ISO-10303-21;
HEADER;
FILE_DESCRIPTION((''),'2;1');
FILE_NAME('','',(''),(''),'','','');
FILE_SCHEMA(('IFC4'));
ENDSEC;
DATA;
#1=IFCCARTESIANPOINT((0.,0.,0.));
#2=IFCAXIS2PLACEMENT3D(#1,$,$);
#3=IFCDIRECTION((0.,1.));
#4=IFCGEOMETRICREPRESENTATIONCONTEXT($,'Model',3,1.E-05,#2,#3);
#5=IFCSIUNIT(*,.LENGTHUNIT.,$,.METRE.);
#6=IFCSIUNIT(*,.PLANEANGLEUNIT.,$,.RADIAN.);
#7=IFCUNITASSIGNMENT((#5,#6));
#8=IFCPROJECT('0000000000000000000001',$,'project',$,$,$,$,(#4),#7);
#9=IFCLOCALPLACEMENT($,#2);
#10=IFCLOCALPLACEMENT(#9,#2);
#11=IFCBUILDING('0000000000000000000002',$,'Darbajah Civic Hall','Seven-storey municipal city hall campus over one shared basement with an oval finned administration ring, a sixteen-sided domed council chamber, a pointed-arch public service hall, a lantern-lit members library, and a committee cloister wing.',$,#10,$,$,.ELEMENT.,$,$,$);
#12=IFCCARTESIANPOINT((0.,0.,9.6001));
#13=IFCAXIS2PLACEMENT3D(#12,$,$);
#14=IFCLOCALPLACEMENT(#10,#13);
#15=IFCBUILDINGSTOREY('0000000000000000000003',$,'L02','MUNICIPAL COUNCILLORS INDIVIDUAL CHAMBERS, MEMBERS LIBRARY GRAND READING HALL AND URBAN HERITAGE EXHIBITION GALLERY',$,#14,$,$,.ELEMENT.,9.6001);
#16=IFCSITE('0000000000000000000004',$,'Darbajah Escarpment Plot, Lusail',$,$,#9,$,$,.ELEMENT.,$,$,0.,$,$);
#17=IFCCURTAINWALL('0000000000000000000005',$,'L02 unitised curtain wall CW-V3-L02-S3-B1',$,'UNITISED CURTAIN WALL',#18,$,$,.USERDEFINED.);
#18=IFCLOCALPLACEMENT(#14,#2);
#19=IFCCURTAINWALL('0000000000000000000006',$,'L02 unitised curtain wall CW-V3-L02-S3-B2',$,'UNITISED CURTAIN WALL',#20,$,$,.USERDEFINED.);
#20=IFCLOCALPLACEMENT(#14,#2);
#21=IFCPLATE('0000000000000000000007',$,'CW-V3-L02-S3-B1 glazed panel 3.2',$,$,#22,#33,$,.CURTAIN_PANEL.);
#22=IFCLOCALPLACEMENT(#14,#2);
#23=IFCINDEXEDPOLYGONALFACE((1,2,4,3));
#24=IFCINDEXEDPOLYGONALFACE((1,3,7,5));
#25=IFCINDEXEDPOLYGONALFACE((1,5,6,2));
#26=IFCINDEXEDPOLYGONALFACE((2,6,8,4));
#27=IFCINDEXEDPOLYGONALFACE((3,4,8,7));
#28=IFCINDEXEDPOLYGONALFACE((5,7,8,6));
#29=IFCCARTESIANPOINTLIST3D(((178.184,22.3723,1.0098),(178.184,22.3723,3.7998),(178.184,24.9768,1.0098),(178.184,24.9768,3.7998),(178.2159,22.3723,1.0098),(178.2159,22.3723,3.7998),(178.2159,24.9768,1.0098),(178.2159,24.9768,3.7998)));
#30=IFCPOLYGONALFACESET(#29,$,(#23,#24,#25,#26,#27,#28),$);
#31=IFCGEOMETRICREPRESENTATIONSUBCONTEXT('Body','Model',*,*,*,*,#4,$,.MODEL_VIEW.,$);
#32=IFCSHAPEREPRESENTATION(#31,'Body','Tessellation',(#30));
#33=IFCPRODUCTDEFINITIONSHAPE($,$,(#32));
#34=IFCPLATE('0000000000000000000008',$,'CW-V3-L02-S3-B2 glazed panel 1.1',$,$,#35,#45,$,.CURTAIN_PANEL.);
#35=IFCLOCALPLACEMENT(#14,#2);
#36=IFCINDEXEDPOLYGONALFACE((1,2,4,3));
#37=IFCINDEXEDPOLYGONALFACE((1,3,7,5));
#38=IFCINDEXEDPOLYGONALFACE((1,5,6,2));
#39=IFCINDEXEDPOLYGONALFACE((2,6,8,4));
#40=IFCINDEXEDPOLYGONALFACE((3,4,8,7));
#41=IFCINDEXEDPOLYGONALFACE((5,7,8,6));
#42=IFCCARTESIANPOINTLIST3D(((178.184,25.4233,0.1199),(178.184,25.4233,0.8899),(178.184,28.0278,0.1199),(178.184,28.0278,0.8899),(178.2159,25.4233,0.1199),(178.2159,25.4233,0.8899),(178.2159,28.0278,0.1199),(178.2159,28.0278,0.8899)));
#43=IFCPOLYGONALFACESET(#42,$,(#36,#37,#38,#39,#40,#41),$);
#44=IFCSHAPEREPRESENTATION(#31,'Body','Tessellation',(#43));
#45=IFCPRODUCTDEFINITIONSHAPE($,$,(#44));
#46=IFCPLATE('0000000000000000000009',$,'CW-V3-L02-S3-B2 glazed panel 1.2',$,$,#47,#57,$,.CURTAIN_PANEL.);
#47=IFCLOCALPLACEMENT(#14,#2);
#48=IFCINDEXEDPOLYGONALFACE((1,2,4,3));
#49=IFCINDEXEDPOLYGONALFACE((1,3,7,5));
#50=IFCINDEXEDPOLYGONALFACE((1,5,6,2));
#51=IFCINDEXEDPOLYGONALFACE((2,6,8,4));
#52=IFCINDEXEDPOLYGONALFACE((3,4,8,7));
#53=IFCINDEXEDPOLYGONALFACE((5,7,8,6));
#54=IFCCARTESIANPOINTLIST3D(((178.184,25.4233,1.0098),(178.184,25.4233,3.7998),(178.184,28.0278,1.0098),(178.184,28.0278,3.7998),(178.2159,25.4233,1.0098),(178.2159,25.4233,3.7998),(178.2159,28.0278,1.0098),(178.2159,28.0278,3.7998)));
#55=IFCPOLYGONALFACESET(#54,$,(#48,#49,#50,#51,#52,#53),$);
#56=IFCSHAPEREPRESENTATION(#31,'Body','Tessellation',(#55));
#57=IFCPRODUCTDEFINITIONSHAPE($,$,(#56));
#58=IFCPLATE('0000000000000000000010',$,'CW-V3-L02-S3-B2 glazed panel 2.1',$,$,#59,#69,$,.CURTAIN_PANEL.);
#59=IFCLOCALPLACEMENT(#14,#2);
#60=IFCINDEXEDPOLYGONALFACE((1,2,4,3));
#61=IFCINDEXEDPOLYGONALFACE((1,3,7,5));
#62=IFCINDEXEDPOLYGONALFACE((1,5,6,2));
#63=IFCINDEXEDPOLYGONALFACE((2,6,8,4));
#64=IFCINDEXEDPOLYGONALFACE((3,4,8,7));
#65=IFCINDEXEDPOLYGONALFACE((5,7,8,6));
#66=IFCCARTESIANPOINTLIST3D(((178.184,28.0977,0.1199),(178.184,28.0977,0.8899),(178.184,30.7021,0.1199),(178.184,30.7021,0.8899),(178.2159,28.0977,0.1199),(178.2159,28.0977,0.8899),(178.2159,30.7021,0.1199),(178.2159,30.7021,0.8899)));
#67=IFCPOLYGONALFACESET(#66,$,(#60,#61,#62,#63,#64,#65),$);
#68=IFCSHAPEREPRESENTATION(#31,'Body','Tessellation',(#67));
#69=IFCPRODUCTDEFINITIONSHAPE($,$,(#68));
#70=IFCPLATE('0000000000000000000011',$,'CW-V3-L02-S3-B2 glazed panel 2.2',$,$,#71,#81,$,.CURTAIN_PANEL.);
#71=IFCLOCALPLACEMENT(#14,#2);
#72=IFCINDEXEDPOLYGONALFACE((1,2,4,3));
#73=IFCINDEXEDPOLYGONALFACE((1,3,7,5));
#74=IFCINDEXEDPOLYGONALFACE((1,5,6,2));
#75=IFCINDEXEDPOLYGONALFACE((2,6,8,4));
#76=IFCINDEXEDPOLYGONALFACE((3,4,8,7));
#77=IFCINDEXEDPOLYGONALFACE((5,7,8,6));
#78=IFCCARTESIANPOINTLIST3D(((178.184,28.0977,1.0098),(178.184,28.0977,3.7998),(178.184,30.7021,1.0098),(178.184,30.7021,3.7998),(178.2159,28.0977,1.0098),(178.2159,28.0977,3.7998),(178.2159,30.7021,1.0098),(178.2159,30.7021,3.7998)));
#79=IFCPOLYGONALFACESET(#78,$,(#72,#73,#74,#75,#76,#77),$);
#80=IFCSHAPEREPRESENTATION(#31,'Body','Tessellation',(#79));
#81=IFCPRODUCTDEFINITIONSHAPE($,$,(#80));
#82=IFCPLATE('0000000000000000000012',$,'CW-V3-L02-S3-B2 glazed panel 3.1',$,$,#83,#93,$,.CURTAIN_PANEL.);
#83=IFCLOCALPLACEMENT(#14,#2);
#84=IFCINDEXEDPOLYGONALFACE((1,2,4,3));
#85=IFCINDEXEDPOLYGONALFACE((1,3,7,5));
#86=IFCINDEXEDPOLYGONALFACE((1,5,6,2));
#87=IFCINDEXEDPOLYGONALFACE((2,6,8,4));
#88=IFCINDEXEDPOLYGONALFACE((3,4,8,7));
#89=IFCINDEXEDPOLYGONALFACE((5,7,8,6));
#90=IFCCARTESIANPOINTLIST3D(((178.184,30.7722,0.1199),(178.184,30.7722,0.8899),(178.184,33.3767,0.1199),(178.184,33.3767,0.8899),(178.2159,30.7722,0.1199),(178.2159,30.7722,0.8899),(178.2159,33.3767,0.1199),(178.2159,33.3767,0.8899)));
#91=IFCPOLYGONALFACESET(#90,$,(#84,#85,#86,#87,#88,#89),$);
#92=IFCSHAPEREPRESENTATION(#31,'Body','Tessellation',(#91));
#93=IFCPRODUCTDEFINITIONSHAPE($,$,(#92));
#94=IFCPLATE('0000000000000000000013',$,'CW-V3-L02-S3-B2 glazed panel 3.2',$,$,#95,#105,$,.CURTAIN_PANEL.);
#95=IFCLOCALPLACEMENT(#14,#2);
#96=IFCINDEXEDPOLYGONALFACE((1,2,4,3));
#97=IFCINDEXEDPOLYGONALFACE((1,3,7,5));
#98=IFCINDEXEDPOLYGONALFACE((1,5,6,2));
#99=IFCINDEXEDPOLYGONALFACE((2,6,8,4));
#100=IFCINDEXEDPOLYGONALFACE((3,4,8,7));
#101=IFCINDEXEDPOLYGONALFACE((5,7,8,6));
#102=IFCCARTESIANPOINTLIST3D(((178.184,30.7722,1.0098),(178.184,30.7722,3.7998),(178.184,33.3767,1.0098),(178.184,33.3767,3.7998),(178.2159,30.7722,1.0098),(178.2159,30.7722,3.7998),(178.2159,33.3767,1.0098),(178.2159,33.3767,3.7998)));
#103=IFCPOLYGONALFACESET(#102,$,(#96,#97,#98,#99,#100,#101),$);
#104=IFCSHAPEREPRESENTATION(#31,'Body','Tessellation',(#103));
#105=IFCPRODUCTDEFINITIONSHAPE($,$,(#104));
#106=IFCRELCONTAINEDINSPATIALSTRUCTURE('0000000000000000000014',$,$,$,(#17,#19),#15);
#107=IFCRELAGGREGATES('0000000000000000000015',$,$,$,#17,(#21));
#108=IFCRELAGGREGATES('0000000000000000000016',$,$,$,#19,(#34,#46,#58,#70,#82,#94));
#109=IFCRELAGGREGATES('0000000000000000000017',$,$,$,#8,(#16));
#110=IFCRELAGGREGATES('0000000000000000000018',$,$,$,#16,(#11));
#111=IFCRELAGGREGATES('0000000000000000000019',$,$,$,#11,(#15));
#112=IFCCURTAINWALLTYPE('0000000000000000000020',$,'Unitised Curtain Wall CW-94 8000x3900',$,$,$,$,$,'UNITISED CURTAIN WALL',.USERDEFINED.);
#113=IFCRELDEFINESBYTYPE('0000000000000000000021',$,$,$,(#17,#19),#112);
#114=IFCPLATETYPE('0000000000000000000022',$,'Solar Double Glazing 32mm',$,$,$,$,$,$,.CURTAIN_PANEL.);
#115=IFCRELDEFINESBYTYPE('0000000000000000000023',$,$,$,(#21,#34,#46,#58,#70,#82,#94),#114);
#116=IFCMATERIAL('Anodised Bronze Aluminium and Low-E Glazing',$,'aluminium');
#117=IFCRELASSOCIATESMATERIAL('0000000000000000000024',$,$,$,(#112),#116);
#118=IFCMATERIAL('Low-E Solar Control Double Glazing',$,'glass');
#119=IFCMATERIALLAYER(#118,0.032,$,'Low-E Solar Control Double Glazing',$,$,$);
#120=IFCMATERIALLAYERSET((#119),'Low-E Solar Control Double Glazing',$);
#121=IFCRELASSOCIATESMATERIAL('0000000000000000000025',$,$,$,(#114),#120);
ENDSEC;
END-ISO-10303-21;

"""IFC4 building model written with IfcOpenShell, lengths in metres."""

from ifc_helpers import new_model, si_unit, direction, frame, origin, origin_2d, place, context, subcontext, project, spatial, rectangle, extrude, material, layer, layer_set, type_object, element, aggregate, save


model = new_model("IFC4")

# Units and contexts
model_context = context("Model", 3, precision=1e-05, world=origin(), true_north=direction((0.0, 1.0)))
body_context = subcontext(model_context, "Body", "Model", "MODEL_VIEW")
ifc_project = project(units=[si_unit("LENGTHUNIT", "METRE"), si_unit("PLANEANGLEUNIT", "RADIAN")], contexts=[model_context])

# Site, building, storey
site_placement = place(None, origin())
site = spatial("IfcSite", under=ifc_project, at=site_placement, Name="Darbajah Escarpment Plot, Lusail", CompositionType="ELEMENT", RefElevation=0.0)
building_placement = place(site_placement, origin())
building = spatial("IfcBuilding", under=site, at=building_placement, Name="Darbajah Civic Hall", Description="Seven-storey municipal city hall campus over one shared basement with an oval finned administration ring, a sixteen-sided domed council chamber, a pointed-arch public service hall, a lantern-lit members library, and a committee cloister wing.", CompositionType="ELEMENT")
storey_placement = place(building_placement, frame((0.0, 0.0, 9.6001)))
storey = spatial("IfcBuildingStorey", under=building, at=storey_placement, Name="L02", Description="MUNICIPAL COUNCILLORS INDIVIDUAL CHAMBERS, MEMBERS LIBRARY GRAND READING HALL AND URBAN HERITAGE EXHIBITION GALLERY", CompositionType="ELEMENT", Elevation=9.6001)

# Curtain walls
ifc_material_1 = material(Name="Anodised Bronze Aluminium and Low-E Glazing", Category="aluminium")
curtain_wall_type = type_object("IfcCurtainWallType", Name="Unitised Curtain Wall CW-94 8000x3900", ElementType="UNITISED CURTAIN WALL", PredefinedType="USERDEFINED", material=ifc_material_1)
curtain_wall_1_placement = place(storey_placement, origin())
curtain_wall_1 = element("IfcCurtainWall", 1, at=curtain_wall_1_placement, inside=storey, type_object=curtain_wall_type, Name="L02 unitised curtain wall CW-V3-L02-S3-B1", ObjectType="UNITISED CURTAIN WALL", PredefinedType="USERDEFINED")
curtain_wall_2_placement = place(storey_placement, origin())
curtain_wall_2 = element("IfcCurtainWall", 2, at=curtain_wall_2_placement, inside=storey, type_object=curtain_wall_type, Name="L02 unitised curtain wall CW-V3-L02-S3-B2", ObjectType="UNITISED CURTAIN WALL", PredefinedType="USERDEFINED")

# Plates
ifc_material_2 = material(Name="Low-E Solar Control Double Glazing", Category="glass")
ifc_layer = layer(ifc_material_2, 0.032, Name="Low-E Solar Control Double Glazing")
ifc_layer_set = layer_set([ifc_layer], Name="Low-E Solar Control Double Glazing")
plate_type = type_object("IfcPlateType", Name="Solar Double Glazing 32mm", PredefinedType="CURTAIN_PANEL", material=ifc_layer_set)
plate_1_placement = place(storey_placement, frame((178.2, 23.6746, 1.0098), z_axis=(0.0, 0.0, 1.0), x_axis=(0.0, 1.0, 0.0)))
plate_1 = element("IfcPlate", 3, at=plate_1_placement, type_object=plate_type, Name="CW-V3-L02-S3-B1 glazed panel 3.2", PredefinedType="CURTAIN_PANEL", context=body_context, shape_type="SweptSolid", body=[
    extrude(rectangle(XDim=2.6045, YDim=0.032, at=origin_2d()), origin(), (0.0, 0.0, 1.0), 2.79),
])
aggregate(curtain_wall_1, [plate_1])
plate_2_placement = place(storey_placement, frame((178.2, 26.7256, 0.1199), z_axis=(0.0, 0.0, 1.0), x_axis=(0.0, 1.0, 0.0)))
plate_2 = element("IfcPlate", 4, at=plate_2_placement, type_object=plate_type, Name="CW-V3-L02-S3-B2 glazed panel 1.1", PredefinedType="CURTAIN_PANEL", context=body_context, shape_type="SweptSolid", body=[
    extrude(rectangle(XDim=2.6045, YDim=0.032, at=origin_2d()), origin(), (0.0, 0.0, 1.0), 0.77),
])
plate_3_placement = place(storey_placement, frame((178.2, 26.7256, 1.0098), z_axis=(0.0, 0.0, 1.0), x_axis=(0.0, 1.0, 0.0)))
plate_3 = element("IfcPlate", 5, at=plate_3_placement, type_object=plate_type, Name="CW-V3-L02-S3-B2 glazed panel 1.2", PredefinedType="CURTAIN_PANEL", context=body_context, shape_type="SweptSolid", body=[
    extrude(rectangle(XDim=2.6045, YDim=0.032, at=origin_2d()), origin(), (0.0, 0.0, 1.0), 2.79),
])
plate_4_placement = place(storey_placement, frame((178.2, 29.3999, 0.1199), z_axis=(0.0, 0.0, 1.0), x_axis=(0.0, 1.0, 0.0)))
plate_4 = element("IfcPlate", 6, at=plate_4_placement, type_object=plate_type, Name="CW-V3-L02-S3-B2 glazed panel 2.1", PredefinedType="CURTAIN_PANEL", context=body_context, shape_type="SweptSolid", body=[
    extrude(rectangle(XDim=2.6045, YDim=0.032, at=origin_2d()), origin(), (0.0, 0.0, 1.0), 0.77),
])
plate_5_placement = place(storey_placement, frame((178.2, 29.3999, 1.0098), z_axis=(0.0, 0.0, 1.0), x_axis=(0.0, 1.0, 0.0)))
plate_5 = element("IfcPlate", 7, at=plate_5_placement, type_object=plate_type, Name="CW-V3-L02-S3-B2 glazed panel 2.2", PredefinedType="CURTAIN_PANEL", context=body_context, shape_type="SweptSolid", body=[
    extrude(rectangle(XDim=2.6045, YDim=0.032, at=origin_2d()), origin(), (0.0, 0.0, 1.0), 2.79),
])
plate_6_placement = place(storey_placement, frame((178.2, 32.0745, 0.1199), z_axis=(0.0, 0.0, 1.0), x_axis=(0.0, 1.0, 0.0)))
plate_6 = element("IfcPlate", 8, at=plate_6_placement, type_object=plate_type, Name="CW-V3-L02-S3-B2 glazed panel 3.1", PredefinedType="CURTAIN_PANEL", context=body_context, shape_type="SweptSolid", body=[
    extrude(rectangle(XDim=2.6045, YDim=0.032, at=origin_2d()), origin(), (0.0, 0.0, 1.0), 0.77),
])
plate_7_placement = place(storey_placement, frame((178.2, 32.0745, 1.0098), z_axis=(0.0, 0.0, 1.0), x_axis=(0.0, 1.0, 0.0)))
plate_7 = element("IfcPlate", 9, at=plate_7_placement, type_object=plate_type, Name="CW-V3-L02-S3-B2 glazed panel 3.2", PredefinedType="CURTAIN_PANEL", context=body_context, shape_type="SweptSolid", body=[
    extrude(rectangle(XDim=2.6045, YDim=0.032, at=origin_2d()), origin(), (0.0, 0.0, 1.0), 2.79),
])
aggregate(curtain_wall_2, [plate_2, plate_3, plate_4, plate_5, plate_6, plate_7])

save(model, "model.ifc")
